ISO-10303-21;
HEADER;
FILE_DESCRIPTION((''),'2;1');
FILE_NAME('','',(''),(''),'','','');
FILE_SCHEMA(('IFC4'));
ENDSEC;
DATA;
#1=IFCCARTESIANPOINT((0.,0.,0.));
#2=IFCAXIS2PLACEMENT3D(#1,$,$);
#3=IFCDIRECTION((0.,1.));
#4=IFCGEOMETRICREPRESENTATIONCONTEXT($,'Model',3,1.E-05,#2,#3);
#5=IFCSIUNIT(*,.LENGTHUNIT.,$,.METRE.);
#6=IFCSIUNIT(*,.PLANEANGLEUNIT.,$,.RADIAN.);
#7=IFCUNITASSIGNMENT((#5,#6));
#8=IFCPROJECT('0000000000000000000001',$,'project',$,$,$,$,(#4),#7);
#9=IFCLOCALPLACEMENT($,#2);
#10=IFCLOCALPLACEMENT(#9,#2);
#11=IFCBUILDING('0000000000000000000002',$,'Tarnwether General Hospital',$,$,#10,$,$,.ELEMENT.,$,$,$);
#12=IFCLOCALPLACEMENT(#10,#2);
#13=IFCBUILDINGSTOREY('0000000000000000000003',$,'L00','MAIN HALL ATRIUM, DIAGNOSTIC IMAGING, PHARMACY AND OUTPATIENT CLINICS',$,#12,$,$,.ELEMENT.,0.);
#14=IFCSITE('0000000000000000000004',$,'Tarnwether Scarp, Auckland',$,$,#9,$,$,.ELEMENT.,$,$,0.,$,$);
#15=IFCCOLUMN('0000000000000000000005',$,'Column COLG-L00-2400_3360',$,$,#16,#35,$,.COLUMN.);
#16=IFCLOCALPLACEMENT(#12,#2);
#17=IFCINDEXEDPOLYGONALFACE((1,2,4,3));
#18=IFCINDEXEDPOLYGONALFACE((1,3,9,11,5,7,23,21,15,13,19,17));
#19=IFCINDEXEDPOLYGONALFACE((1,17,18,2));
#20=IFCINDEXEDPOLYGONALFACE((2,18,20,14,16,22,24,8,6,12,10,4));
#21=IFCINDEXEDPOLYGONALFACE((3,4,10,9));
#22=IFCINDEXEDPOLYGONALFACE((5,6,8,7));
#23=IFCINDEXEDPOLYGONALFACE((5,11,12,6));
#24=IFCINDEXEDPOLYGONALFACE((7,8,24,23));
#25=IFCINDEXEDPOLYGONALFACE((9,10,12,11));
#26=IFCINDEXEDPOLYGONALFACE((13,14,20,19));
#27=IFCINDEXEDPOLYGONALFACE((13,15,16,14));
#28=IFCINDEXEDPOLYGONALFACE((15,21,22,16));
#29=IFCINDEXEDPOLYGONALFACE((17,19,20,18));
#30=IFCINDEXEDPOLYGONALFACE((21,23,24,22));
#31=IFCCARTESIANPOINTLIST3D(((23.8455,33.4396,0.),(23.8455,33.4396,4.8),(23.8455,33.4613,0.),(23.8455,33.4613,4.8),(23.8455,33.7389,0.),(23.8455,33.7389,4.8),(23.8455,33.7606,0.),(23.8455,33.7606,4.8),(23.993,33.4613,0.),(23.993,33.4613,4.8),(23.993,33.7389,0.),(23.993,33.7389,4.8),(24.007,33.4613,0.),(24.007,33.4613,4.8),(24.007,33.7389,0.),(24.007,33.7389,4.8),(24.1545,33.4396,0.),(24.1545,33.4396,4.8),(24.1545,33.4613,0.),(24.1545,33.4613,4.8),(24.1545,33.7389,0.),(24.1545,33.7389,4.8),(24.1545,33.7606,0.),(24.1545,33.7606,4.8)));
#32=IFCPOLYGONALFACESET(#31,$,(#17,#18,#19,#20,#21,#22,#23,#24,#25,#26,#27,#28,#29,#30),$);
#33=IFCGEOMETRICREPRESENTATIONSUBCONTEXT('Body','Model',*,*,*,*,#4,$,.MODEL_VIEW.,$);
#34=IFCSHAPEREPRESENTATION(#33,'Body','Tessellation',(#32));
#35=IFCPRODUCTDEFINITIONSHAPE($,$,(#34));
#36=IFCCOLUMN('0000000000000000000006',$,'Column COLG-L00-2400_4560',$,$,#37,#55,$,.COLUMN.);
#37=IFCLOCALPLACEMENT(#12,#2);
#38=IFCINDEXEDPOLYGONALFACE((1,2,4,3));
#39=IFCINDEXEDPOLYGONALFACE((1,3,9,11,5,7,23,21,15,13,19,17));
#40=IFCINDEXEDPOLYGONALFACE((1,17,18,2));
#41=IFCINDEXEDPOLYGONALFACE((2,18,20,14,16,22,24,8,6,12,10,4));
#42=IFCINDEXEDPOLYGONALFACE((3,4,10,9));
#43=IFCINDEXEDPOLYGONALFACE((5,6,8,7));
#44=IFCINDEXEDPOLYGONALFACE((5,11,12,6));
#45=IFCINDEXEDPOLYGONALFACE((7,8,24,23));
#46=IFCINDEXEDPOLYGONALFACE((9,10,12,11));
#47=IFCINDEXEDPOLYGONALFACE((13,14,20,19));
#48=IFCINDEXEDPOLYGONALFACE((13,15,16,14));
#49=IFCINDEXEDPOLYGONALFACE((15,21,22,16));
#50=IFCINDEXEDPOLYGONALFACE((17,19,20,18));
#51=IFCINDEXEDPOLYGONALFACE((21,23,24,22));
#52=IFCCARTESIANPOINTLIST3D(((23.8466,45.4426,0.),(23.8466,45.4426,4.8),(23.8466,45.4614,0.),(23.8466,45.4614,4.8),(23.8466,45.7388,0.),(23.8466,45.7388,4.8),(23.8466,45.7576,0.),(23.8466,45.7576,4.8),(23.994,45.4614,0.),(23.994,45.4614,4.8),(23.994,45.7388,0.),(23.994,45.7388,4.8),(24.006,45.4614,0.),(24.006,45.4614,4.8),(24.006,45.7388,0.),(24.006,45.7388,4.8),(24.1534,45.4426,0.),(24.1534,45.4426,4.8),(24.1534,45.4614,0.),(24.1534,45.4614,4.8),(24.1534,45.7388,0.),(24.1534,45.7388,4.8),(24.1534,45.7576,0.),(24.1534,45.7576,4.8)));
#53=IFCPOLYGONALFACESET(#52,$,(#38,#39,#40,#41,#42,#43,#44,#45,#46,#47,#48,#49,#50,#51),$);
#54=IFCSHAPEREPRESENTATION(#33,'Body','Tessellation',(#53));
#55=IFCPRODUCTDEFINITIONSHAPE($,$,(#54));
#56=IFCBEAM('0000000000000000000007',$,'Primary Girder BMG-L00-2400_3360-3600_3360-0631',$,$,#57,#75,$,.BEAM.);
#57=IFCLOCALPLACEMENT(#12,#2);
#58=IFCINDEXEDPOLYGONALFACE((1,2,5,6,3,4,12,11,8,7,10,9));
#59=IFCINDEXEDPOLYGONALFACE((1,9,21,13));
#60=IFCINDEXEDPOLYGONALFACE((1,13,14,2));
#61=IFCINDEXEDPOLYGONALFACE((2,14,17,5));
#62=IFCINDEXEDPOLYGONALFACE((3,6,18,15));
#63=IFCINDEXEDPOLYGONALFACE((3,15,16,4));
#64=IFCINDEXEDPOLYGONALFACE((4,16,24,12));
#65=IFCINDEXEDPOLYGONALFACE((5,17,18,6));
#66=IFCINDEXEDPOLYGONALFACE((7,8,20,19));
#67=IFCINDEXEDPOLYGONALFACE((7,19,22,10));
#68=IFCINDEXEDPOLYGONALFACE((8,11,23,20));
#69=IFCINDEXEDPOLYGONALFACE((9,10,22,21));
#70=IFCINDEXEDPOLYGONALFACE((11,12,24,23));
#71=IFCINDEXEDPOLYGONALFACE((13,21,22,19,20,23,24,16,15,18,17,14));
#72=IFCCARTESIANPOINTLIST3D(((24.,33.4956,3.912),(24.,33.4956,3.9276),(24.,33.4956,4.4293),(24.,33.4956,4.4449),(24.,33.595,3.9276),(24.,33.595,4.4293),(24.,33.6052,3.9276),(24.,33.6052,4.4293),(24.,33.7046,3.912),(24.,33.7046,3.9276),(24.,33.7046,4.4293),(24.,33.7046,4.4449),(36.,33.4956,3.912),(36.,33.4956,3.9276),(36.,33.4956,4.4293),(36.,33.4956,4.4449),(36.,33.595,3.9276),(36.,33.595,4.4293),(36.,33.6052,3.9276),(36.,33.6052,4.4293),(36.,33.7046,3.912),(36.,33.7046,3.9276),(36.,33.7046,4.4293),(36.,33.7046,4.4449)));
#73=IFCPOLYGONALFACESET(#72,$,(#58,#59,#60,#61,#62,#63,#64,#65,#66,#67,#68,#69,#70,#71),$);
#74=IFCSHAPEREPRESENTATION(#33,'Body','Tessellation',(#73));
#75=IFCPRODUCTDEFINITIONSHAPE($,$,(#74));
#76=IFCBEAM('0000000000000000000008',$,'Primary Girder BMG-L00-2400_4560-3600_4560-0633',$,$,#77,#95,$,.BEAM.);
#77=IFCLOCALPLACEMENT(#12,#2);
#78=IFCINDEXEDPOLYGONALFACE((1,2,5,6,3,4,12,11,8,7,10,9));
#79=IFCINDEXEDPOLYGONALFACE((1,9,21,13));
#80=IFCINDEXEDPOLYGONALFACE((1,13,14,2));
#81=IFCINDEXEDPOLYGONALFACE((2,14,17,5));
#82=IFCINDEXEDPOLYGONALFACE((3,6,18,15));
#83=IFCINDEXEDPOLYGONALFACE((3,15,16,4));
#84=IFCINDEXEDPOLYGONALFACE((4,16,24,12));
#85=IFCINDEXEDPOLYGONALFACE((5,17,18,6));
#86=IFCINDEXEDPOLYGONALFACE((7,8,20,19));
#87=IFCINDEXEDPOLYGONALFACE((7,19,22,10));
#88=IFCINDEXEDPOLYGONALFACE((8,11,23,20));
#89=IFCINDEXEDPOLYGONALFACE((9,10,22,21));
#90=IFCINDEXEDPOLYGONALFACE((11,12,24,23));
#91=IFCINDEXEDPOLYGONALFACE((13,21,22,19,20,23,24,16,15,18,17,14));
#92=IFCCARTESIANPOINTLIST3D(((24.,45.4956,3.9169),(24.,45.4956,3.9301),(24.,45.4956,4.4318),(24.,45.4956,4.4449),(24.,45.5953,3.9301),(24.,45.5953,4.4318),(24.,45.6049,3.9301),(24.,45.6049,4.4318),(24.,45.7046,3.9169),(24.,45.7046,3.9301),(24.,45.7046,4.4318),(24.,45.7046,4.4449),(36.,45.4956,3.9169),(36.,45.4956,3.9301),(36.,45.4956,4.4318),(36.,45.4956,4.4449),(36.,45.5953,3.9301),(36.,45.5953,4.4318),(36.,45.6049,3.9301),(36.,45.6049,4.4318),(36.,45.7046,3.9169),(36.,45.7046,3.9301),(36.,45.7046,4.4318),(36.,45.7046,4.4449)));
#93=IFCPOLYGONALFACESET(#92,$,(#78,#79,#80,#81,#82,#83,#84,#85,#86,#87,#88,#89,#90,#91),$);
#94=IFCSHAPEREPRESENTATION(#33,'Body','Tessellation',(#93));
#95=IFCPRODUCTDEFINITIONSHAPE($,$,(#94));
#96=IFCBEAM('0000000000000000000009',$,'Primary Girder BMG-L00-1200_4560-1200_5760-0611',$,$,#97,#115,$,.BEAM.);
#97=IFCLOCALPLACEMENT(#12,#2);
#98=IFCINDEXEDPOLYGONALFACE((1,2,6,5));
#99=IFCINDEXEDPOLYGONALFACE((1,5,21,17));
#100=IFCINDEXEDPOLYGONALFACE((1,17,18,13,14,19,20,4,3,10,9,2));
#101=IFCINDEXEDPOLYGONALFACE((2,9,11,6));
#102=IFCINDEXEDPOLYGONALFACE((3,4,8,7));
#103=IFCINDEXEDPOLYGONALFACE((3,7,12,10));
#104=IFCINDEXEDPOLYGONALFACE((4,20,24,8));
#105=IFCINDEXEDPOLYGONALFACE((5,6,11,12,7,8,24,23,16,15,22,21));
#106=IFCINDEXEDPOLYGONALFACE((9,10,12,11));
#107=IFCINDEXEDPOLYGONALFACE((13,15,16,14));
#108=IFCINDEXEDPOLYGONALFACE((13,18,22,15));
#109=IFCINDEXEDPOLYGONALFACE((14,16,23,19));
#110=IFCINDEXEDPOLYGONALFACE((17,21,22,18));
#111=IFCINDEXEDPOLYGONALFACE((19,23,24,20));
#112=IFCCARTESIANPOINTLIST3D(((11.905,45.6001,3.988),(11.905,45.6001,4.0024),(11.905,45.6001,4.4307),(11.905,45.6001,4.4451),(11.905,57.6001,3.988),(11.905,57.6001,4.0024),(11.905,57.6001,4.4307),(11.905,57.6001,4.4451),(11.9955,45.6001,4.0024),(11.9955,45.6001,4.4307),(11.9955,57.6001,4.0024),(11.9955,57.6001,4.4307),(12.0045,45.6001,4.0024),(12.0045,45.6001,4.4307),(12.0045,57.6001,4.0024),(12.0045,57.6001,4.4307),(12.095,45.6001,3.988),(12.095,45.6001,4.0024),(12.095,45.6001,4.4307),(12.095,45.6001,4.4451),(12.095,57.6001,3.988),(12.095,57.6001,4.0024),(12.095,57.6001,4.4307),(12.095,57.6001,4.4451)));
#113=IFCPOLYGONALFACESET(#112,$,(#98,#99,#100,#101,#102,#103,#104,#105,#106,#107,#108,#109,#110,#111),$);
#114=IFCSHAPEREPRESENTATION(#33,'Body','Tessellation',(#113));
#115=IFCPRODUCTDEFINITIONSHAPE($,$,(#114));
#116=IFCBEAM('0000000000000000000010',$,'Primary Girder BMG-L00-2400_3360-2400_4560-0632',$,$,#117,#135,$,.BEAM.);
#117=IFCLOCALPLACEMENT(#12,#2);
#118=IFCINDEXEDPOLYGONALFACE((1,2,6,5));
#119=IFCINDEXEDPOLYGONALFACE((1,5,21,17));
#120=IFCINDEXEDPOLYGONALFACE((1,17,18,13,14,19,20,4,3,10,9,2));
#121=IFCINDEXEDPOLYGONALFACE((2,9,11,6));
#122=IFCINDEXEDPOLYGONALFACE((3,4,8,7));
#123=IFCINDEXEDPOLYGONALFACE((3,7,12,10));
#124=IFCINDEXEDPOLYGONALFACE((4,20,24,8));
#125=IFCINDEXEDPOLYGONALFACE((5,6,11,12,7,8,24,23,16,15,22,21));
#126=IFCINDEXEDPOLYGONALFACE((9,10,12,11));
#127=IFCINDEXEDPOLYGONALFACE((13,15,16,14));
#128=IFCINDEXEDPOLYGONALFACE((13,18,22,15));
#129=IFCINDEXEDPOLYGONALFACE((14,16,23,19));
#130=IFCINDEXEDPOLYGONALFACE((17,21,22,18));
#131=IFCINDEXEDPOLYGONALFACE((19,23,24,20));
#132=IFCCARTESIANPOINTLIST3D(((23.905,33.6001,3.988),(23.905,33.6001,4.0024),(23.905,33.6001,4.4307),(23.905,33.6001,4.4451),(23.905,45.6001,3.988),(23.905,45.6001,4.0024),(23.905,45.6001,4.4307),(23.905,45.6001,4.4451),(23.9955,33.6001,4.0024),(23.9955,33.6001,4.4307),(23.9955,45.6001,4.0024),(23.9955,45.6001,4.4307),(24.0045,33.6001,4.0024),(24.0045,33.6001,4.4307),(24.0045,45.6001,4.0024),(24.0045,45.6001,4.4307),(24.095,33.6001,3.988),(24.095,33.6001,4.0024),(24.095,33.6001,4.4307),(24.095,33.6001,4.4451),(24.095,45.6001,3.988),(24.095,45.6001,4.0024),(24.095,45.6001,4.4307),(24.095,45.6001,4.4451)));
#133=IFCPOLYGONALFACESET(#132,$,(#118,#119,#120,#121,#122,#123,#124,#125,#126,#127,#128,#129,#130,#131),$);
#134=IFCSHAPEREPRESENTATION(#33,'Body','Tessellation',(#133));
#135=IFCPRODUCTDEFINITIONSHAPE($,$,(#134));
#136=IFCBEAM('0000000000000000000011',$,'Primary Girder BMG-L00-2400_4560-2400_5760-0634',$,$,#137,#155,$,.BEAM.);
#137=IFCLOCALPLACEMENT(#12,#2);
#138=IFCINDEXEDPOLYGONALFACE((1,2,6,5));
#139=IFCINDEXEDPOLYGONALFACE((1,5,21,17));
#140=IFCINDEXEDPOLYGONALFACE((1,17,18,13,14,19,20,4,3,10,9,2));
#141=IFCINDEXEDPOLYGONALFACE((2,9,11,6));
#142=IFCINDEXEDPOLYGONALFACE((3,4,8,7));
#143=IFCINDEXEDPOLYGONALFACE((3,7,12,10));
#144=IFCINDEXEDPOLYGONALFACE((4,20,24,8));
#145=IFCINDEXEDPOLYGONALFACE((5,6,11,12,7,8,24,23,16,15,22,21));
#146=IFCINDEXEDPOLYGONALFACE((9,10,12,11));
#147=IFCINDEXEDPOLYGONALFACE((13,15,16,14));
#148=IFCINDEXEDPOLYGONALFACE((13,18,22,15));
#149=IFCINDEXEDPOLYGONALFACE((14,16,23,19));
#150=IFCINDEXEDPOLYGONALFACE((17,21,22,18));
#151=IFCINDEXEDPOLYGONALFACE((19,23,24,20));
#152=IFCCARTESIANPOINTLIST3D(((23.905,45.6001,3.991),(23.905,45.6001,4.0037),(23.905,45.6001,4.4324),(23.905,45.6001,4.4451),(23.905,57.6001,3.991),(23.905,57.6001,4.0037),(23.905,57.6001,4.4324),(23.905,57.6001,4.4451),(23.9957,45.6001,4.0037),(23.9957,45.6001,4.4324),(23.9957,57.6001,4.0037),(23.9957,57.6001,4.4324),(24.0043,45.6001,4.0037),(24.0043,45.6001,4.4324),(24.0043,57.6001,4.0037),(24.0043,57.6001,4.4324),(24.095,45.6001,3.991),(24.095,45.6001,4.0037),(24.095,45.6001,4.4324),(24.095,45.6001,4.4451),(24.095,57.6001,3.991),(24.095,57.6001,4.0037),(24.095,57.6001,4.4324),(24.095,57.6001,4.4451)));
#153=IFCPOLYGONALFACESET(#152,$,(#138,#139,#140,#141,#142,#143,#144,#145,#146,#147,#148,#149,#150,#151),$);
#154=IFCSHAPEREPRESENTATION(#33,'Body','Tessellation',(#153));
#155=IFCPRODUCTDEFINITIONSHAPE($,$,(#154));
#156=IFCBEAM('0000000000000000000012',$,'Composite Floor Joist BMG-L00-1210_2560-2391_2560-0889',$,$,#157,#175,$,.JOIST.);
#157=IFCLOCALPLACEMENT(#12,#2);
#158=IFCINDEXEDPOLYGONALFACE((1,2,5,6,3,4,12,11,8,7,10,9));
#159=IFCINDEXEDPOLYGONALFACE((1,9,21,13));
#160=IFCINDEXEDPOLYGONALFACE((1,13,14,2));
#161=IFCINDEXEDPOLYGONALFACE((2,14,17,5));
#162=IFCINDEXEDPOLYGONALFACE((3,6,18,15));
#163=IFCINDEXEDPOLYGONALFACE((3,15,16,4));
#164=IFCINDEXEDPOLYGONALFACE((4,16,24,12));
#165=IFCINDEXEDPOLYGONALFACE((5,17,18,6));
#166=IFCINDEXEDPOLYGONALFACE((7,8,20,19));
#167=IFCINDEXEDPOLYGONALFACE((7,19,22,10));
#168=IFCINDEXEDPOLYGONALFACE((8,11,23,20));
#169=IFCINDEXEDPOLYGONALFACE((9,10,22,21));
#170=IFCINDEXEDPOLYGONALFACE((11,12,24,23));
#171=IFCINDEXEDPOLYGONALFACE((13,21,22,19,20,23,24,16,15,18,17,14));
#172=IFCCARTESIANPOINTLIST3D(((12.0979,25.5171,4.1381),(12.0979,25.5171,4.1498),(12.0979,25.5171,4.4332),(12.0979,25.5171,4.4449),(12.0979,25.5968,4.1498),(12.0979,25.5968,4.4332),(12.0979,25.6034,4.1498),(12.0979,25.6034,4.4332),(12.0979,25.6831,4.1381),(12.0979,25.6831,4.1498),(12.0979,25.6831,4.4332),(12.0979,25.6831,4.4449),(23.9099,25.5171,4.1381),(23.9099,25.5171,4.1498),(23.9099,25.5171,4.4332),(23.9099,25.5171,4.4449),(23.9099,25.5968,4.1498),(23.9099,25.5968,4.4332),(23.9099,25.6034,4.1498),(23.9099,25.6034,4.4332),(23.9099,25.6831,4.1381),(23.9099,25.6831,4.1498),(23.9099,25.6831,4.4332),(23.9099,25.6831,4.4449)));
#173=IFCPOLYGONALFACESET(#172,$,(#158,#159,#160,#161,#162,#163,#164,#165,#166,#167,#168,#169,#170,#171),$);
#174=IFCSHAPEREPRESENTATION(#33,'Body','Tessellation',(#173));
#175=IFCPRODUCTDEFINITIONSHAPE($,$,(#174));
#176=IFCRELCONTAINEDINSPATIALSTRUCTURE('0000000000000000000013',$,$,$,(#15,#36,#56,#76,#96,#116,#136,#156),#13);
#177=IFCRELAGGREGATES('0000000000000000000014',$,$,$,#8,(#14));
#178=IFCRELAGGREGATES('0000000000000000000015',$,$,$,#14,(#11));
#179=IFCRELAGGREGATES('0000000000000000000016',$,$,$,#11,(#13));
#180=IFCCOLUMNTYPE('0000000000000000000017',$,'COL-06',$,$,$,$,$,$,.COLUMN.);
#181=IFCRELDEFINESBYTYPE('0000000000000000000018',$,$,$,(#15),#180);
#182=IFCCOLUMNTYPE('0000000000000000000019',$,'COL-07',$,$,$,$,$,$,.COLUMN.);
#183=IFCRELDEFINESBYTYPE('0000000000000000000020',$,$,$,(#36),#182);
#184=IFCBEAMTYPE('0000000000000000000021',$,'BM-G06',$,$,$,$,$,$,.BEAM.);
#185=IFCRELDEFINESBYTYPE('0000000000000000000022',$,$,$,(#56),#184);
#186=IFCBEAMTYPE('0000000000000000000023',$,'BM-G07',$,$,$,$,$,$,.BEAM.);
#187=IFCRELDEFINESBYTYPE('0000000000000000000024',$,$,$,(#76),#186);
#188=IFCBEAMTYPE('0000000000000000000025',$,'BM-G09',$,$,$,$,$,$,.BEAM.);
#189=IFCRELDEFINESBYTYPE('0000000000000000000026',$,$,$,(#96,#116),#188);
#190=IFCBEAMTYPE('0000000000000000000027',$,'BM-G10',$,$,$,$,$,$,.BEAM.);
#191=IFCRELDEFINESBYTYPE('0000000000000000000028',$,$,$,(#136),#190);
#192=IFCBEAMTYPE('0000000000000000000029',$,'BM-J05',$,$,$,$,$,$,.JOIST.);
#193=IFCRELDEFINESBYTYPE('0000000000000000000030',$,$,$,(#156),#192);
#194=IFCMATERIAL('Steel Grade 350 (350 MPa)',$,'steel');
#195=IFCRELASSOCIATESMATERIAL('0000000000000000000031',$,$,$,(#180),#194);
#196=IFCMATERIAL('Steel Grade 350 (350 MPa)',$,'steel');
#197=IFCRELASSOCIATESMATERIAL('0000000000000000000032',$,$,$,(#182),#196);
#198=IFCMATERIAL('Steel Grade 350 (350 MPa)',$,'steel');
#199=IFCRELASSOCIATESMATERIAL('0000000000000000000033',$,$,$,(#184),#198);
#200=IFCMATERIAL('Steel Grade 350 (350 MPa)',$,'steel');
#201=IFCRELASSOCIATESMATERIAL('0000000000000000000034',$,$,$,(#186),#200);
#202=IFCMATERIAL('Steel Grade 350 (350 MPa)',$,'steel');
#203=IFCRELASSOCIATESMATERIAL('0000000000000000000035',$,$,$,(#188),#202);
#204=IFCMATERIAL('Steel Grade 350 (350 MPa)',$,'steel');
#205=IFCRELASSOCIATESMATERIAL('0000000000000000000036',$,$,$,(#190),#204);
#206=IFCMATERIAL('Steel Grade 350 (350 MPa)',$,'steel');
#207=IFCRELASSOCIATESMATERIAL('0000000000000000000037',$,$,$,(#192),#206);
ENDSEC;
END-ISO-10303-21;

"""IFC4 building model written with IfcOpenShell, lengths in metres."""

from ifc_helpers import new_model, si_unit, direction, frame, origin, origin_2d, place, context, subcontext, project, spatial, i_section, extrude, material, material_profile, profile_set, type_object, element, save


model = new_model("IFC4")

# Units and contexts
model_context = context("Model", 3, precision=1e-05, world=origin(), true_north=direction((0.0, 1.0)))
body_context = subcontext(model_context, "Body", "Model", "MODEL_VIEW")
ifc_project = project(units=[si_unit("LENGTHUNIT", "METRE"), si_unit("PLANEANGLEUNIT", "RADIAN")], contexts=[model_context])

# Site, building, storey
site_placement = place(None, origin())
site = spatial("IfcSite", under=ifc_project, at=site_placement, Name="Tarnwether Scarp, Auckland", CompositionType="ELEMENT", RefElevation=0.0)
building_placement = place(site_placement, origin())
building = spatial("IfcBuilding", under=site, at=building_placement, Name="Tarnwether General Hospital", CompositionType="ELEMENT")
storey_placement = place(building_placement, origin())
storey = spatial("IfcBuildingStorey", under=building, at=storey_placement, Name="L00", Description="MAIN HALL ATRIUM, DIAGNOSTIC IMAGING, PHARMACY AND OUTPATIENT CLINICS", CompositionType="ELEMENT", Elevation=0.0)

# Columns
ifc_material_1 = material(Name="Steel Grade 350 (350 MPa)", Category="steel")
ifc_material_profile_1 = material_profile(ifc_material_1, i_section(OverallWidth=0.3091, OverallDepth=0.321, WebThickness=0.0139, FlangeThickness=0.0217, at=origin_2d()), Name="310UC137")
ifc_profile_set_1 = profile_set([ifc_material_profile_1], Name="Steel Grade 350 (350 MPa)")
column_type_1 = type_object("IfcColumnType", Name="COL-06", PredefinedType="COLUMN", material=ifc_profile_set_1)
column_1_placement = place(storey_placement, frame((24.0, 33.6001, 0.0), z_axis=(0.0, 0.0, 1.0), x_axis=(1.0, 0.0, 0.0)))
element("IfcColumn", 1, at=column_1_placement, inside=storey, type_object=column_type_1, Name="Column COLG-L00-2400_3360", PredefinedType="COLUMN", context=body_context, shape_type="SweptSolid", body=[
    extrude(i_section(OverallWidth=0.3091, OverallDepth=0.321, WebThickness=0.0139, FlangeThickness=0.0217, at=origin_2d()), origin(), (0.0, 0.0, 1.0), 4.8),
])
ifc_material_2 = material(Name="Steel Grade 350 (350 MPa)", Category="steel")
ifc_material_profile_2 = material_profile(ifc_material_2, i_section(OverallWidth=0.3069, OverallDepth=0.3149, WebThickness=0.012, FlangeThickness=0.0188, at=origin_2d()), Name="310UC118")
ifc_profile_set_2 = profile_set([ifc_material_profile_2], Name="Steel Grade 350 (350 MPa)")
column_type_2 = type_object("IfcColumnType", Name="COL-07", PredefinedType="COLUMN", material=ifc_profile_set_2)
column_2_placement = place(storey_placement, frame((24.0, 45.6001, 0.0), z_axis=(0.0, 0.0, 1.0), x_axis=(1.0, 0.0, 0.0)))
element("IfcColumn", 2, at=column_2_placement, inside=storey, type_object=column_type_2, Name="Column COLG-L00-2400_4560", PredefinedType="COLUMN", context=body_context, shape_type="SweptSolid", body=[
    extrude(i_section(OverallWidth=0.3069, OverallDepth=0.3149, WebThickness=0.012, FlangeThickness=0.0188, at=origin_2d()), origin(), (0.0, 0.0, 1.0), 4.8),
])

# Beams
ifc_material_3 = material(Name="Steel Grade 350 (350 MPa)", Category="steel")
ifc_material_profile_3 = material_profile(ifc_material_3, i_section(OverallWidth=0.209, OverallDepth=0.533, WebThickness=0.0103, FlangeThickness=0.0156, at=origin_2d()), Name="530UB92.4")
ifc_profile_set_3 = profile_set([ifc_material_profile_3], Name="Steel Grade 350 (350 MPa)")
beam_type_1 = type_object("IfcBeamType", Name="BM-G06", PredefinedType="BEAM", material=ifc_profile_set_3)
beam_1_placement = place(storey_placement, frame((24.0, 33.6001, 4.1785), z_axis=(1.0, 0.0, 0.0), x_axis=(0.0, 1.0, 0.0)))
element("IfcBeam", 3, at=beam_1_placement, inside=storey, type_object=beam_type_1, Name="Primary Girder BMG-L00-2400_3360-3600_3360-0631", PredefinedType="BEAM", context=body_context, shape_type="SweptSolid", body=[
    extrude(i_section(OverallWidth=0.209, OverallDepth=0.533, WebThickness=0.0103, FlangeThickness=0.0156, at=origin_2d()), origin(), (0.0, 0.0, 1.0), 12.0),
])
ifc_material_4 = material(Name="Steel Grade 350 (350 MPa)", Category="steel")
ifc_material_profile_4 = material_profile(ifc_material_4, i_section(OverallWidth=0.209, OverallDepth=0.5281, WebThickness=0.0095, FlangeThickness=0.0132, at=origin_2d()), Name="530UB82.0")
ifc_profile_set_4 = profile_set([ifc_material_profile_4], Name="Steel Grade 350 (350 MPa)")
beam_type_2 = type_object("IfcBeamType", Name="BM-G07", PredefinedType="BEAM", material=ifc_profile_set_4)
beam_2_placement = place(storey_placement, frame((24.0, 45.6001, 4.1809), z_axis=(1.0, 0.0, 0.0), x_axis=(0.0, 1.0, 0.0)))
element("IfcBeam", 4, at=beam_2_placement, inside=storey, type_object=beam_type_2, Name="Primary Girder BMG-L00-2400_4560-3600_4560-0633", PredefinedType="BEAM", context=body_context, shape_type="SweptSolid", body=[
    extrude(i_section(OverallWidth=0.209, OverallDepth=0.5281, WebThickness=0.0095, FlangeThickness=0.0132, at=origin_2d()), origin(), (0.0, 0.0, 1.0), 12.0),
])
ifc_material_5 = material(Name="Steel Grade 350 (350 MPa)", Category="steel")
ifc_material_profile_5 = material_profile(ifc_material_5, i_section(OverallWidth=0.1899, OverallDepth=0.457, WebThickness=0.009, FlangeThickness=0.0144, at=origin_2d()), Name="460UB74.6")
ifc_profile_set_5 = profile_set([ifc_material_profile_5], Name="Steel Grade 350 (350 MPa)")
beam_type_3 = type_object("IfcBeamType", Name="BM-G09", PredefinedType="BEAM", material=ifc_profile_set_5)
for number, where, z_axis, x_axis, name in (
    (5, (12.0, 45.6001, 4.2166), (0.0, 1.0, 0.0), (-1.0, 0.0, 0.0), "Primary Girder BMG-L00-1200_4560-1200_5760-0611"),
    (6, (24.0, 33.6001, 4.2166), (0.0, 1.0, 0.0), (-1.0, 0.0, 0.0), "Primary Girder BMG-L00-2400_3360-2400_4560-0632"),
):
    element("IfcBeam", number, at=place(storey_placement, frame(where, z_axis=z_axis, x_axis=x_axis)), inside=storey, type_object=beam_type_3, Name=name, PredefinedType="BEAM", context=body_context, shape_type="SweptSolid", body=[
        extrude(i_section(OverallWidth=0.1899, OverallDepth=0.457, WebThickness=0.009, FlangeThickness=0.0144, at=origin_2d()), origin(), (0.0, 0.0, 1.0), 12.0),
    ])
ifc_material_6 = material(Name="Steel Grade 350 (350 MPa)", Category="steel")
ifc_material_profile_6 = material_profile(ifc_material_6, i_section(OverallWidth=0.1899, OverallDepth=0.4541, WebThickness=0.0085, FlangeThickness=0.0127, at=origin_2d()), Name="460UB67.1")
ifc_profile_set_6 = profile_set([ifc_material_profile_6], Name="Steel Grade 350 (350 MPa)")
beam_type_4 = type_object("IfcBeamType", Name="BM-G10", PredefinedType="BEAM", material=ifc_profile_set_6)
beam_3_placement = place(storey_placement, frame((24.0, 45.6001, 4.218), z_axis=(0.0, 1.0, 0.0), x_axis=(-1.0, 0.0, 0.0)))
element("IfcBeam", 7, at=beam_3_placement, inside=storey, type_object=beam_type_4, Name="Primary Girder BMG-L00-2400_4560-2400_5760-0634", PredefinedType="BEAM", context=body_context, shape_type="SweptSolid", body=[
    extrude(i_section(OverallWidth=0.1899, OverallDepth=0.4541, WebThickness=0.0085, FlangeThickness=0.0127, at=origin_2d()), origin(), (0.0, 0.0, 1.0), 12.0),
])
ifc_material_7 = material(Name="Steel Grade 350 (350 MPa)", Category="steel")
ifc_material_profile_7 = material_profile(ifc_material_7, i_section(OverallWidth=0.166, OverallDepth=0.3069, WebThickness=0.0066, FlangeThickness=0.0117, at=origin_2d()), Name="310UB46.2")
ifc_profile_set_7 = profile_set([ifc_material_profile_7], Name="Steel Grade 350 (350 MPa)")
beam_type_5 = type_object("IfcBeamType", Name="BM-J05", PredefinedType="JOIST", material=ifc_profile_set_7)
beam_4_placement = place(storey_placement, frame((12.0979, 25.6001, 4.2915), z_axis=(1.0, 0.0, 0.0), x_axis=(0.0, 1.0, 0.0)))
element("IfcBeam", 8, at=beam_4_placement, inside=storey, type_object=beam_type_5, Name="Composite Floor Joist BMG-L00-1210_2560-2391_2560-0889", PredefinedType="JOIST", context=body_context, shape_type="SweptSolid", body=[
    extrude(i_section(OverallWidth=0.166, OverallDepth=0.3069, WebThickness=0.0066, FlangeThickness=0.0117, at=origin_2d()), origin(), (0.0, 0.0, 1.0), 11.812),
])

save(model, "model.ifc")
